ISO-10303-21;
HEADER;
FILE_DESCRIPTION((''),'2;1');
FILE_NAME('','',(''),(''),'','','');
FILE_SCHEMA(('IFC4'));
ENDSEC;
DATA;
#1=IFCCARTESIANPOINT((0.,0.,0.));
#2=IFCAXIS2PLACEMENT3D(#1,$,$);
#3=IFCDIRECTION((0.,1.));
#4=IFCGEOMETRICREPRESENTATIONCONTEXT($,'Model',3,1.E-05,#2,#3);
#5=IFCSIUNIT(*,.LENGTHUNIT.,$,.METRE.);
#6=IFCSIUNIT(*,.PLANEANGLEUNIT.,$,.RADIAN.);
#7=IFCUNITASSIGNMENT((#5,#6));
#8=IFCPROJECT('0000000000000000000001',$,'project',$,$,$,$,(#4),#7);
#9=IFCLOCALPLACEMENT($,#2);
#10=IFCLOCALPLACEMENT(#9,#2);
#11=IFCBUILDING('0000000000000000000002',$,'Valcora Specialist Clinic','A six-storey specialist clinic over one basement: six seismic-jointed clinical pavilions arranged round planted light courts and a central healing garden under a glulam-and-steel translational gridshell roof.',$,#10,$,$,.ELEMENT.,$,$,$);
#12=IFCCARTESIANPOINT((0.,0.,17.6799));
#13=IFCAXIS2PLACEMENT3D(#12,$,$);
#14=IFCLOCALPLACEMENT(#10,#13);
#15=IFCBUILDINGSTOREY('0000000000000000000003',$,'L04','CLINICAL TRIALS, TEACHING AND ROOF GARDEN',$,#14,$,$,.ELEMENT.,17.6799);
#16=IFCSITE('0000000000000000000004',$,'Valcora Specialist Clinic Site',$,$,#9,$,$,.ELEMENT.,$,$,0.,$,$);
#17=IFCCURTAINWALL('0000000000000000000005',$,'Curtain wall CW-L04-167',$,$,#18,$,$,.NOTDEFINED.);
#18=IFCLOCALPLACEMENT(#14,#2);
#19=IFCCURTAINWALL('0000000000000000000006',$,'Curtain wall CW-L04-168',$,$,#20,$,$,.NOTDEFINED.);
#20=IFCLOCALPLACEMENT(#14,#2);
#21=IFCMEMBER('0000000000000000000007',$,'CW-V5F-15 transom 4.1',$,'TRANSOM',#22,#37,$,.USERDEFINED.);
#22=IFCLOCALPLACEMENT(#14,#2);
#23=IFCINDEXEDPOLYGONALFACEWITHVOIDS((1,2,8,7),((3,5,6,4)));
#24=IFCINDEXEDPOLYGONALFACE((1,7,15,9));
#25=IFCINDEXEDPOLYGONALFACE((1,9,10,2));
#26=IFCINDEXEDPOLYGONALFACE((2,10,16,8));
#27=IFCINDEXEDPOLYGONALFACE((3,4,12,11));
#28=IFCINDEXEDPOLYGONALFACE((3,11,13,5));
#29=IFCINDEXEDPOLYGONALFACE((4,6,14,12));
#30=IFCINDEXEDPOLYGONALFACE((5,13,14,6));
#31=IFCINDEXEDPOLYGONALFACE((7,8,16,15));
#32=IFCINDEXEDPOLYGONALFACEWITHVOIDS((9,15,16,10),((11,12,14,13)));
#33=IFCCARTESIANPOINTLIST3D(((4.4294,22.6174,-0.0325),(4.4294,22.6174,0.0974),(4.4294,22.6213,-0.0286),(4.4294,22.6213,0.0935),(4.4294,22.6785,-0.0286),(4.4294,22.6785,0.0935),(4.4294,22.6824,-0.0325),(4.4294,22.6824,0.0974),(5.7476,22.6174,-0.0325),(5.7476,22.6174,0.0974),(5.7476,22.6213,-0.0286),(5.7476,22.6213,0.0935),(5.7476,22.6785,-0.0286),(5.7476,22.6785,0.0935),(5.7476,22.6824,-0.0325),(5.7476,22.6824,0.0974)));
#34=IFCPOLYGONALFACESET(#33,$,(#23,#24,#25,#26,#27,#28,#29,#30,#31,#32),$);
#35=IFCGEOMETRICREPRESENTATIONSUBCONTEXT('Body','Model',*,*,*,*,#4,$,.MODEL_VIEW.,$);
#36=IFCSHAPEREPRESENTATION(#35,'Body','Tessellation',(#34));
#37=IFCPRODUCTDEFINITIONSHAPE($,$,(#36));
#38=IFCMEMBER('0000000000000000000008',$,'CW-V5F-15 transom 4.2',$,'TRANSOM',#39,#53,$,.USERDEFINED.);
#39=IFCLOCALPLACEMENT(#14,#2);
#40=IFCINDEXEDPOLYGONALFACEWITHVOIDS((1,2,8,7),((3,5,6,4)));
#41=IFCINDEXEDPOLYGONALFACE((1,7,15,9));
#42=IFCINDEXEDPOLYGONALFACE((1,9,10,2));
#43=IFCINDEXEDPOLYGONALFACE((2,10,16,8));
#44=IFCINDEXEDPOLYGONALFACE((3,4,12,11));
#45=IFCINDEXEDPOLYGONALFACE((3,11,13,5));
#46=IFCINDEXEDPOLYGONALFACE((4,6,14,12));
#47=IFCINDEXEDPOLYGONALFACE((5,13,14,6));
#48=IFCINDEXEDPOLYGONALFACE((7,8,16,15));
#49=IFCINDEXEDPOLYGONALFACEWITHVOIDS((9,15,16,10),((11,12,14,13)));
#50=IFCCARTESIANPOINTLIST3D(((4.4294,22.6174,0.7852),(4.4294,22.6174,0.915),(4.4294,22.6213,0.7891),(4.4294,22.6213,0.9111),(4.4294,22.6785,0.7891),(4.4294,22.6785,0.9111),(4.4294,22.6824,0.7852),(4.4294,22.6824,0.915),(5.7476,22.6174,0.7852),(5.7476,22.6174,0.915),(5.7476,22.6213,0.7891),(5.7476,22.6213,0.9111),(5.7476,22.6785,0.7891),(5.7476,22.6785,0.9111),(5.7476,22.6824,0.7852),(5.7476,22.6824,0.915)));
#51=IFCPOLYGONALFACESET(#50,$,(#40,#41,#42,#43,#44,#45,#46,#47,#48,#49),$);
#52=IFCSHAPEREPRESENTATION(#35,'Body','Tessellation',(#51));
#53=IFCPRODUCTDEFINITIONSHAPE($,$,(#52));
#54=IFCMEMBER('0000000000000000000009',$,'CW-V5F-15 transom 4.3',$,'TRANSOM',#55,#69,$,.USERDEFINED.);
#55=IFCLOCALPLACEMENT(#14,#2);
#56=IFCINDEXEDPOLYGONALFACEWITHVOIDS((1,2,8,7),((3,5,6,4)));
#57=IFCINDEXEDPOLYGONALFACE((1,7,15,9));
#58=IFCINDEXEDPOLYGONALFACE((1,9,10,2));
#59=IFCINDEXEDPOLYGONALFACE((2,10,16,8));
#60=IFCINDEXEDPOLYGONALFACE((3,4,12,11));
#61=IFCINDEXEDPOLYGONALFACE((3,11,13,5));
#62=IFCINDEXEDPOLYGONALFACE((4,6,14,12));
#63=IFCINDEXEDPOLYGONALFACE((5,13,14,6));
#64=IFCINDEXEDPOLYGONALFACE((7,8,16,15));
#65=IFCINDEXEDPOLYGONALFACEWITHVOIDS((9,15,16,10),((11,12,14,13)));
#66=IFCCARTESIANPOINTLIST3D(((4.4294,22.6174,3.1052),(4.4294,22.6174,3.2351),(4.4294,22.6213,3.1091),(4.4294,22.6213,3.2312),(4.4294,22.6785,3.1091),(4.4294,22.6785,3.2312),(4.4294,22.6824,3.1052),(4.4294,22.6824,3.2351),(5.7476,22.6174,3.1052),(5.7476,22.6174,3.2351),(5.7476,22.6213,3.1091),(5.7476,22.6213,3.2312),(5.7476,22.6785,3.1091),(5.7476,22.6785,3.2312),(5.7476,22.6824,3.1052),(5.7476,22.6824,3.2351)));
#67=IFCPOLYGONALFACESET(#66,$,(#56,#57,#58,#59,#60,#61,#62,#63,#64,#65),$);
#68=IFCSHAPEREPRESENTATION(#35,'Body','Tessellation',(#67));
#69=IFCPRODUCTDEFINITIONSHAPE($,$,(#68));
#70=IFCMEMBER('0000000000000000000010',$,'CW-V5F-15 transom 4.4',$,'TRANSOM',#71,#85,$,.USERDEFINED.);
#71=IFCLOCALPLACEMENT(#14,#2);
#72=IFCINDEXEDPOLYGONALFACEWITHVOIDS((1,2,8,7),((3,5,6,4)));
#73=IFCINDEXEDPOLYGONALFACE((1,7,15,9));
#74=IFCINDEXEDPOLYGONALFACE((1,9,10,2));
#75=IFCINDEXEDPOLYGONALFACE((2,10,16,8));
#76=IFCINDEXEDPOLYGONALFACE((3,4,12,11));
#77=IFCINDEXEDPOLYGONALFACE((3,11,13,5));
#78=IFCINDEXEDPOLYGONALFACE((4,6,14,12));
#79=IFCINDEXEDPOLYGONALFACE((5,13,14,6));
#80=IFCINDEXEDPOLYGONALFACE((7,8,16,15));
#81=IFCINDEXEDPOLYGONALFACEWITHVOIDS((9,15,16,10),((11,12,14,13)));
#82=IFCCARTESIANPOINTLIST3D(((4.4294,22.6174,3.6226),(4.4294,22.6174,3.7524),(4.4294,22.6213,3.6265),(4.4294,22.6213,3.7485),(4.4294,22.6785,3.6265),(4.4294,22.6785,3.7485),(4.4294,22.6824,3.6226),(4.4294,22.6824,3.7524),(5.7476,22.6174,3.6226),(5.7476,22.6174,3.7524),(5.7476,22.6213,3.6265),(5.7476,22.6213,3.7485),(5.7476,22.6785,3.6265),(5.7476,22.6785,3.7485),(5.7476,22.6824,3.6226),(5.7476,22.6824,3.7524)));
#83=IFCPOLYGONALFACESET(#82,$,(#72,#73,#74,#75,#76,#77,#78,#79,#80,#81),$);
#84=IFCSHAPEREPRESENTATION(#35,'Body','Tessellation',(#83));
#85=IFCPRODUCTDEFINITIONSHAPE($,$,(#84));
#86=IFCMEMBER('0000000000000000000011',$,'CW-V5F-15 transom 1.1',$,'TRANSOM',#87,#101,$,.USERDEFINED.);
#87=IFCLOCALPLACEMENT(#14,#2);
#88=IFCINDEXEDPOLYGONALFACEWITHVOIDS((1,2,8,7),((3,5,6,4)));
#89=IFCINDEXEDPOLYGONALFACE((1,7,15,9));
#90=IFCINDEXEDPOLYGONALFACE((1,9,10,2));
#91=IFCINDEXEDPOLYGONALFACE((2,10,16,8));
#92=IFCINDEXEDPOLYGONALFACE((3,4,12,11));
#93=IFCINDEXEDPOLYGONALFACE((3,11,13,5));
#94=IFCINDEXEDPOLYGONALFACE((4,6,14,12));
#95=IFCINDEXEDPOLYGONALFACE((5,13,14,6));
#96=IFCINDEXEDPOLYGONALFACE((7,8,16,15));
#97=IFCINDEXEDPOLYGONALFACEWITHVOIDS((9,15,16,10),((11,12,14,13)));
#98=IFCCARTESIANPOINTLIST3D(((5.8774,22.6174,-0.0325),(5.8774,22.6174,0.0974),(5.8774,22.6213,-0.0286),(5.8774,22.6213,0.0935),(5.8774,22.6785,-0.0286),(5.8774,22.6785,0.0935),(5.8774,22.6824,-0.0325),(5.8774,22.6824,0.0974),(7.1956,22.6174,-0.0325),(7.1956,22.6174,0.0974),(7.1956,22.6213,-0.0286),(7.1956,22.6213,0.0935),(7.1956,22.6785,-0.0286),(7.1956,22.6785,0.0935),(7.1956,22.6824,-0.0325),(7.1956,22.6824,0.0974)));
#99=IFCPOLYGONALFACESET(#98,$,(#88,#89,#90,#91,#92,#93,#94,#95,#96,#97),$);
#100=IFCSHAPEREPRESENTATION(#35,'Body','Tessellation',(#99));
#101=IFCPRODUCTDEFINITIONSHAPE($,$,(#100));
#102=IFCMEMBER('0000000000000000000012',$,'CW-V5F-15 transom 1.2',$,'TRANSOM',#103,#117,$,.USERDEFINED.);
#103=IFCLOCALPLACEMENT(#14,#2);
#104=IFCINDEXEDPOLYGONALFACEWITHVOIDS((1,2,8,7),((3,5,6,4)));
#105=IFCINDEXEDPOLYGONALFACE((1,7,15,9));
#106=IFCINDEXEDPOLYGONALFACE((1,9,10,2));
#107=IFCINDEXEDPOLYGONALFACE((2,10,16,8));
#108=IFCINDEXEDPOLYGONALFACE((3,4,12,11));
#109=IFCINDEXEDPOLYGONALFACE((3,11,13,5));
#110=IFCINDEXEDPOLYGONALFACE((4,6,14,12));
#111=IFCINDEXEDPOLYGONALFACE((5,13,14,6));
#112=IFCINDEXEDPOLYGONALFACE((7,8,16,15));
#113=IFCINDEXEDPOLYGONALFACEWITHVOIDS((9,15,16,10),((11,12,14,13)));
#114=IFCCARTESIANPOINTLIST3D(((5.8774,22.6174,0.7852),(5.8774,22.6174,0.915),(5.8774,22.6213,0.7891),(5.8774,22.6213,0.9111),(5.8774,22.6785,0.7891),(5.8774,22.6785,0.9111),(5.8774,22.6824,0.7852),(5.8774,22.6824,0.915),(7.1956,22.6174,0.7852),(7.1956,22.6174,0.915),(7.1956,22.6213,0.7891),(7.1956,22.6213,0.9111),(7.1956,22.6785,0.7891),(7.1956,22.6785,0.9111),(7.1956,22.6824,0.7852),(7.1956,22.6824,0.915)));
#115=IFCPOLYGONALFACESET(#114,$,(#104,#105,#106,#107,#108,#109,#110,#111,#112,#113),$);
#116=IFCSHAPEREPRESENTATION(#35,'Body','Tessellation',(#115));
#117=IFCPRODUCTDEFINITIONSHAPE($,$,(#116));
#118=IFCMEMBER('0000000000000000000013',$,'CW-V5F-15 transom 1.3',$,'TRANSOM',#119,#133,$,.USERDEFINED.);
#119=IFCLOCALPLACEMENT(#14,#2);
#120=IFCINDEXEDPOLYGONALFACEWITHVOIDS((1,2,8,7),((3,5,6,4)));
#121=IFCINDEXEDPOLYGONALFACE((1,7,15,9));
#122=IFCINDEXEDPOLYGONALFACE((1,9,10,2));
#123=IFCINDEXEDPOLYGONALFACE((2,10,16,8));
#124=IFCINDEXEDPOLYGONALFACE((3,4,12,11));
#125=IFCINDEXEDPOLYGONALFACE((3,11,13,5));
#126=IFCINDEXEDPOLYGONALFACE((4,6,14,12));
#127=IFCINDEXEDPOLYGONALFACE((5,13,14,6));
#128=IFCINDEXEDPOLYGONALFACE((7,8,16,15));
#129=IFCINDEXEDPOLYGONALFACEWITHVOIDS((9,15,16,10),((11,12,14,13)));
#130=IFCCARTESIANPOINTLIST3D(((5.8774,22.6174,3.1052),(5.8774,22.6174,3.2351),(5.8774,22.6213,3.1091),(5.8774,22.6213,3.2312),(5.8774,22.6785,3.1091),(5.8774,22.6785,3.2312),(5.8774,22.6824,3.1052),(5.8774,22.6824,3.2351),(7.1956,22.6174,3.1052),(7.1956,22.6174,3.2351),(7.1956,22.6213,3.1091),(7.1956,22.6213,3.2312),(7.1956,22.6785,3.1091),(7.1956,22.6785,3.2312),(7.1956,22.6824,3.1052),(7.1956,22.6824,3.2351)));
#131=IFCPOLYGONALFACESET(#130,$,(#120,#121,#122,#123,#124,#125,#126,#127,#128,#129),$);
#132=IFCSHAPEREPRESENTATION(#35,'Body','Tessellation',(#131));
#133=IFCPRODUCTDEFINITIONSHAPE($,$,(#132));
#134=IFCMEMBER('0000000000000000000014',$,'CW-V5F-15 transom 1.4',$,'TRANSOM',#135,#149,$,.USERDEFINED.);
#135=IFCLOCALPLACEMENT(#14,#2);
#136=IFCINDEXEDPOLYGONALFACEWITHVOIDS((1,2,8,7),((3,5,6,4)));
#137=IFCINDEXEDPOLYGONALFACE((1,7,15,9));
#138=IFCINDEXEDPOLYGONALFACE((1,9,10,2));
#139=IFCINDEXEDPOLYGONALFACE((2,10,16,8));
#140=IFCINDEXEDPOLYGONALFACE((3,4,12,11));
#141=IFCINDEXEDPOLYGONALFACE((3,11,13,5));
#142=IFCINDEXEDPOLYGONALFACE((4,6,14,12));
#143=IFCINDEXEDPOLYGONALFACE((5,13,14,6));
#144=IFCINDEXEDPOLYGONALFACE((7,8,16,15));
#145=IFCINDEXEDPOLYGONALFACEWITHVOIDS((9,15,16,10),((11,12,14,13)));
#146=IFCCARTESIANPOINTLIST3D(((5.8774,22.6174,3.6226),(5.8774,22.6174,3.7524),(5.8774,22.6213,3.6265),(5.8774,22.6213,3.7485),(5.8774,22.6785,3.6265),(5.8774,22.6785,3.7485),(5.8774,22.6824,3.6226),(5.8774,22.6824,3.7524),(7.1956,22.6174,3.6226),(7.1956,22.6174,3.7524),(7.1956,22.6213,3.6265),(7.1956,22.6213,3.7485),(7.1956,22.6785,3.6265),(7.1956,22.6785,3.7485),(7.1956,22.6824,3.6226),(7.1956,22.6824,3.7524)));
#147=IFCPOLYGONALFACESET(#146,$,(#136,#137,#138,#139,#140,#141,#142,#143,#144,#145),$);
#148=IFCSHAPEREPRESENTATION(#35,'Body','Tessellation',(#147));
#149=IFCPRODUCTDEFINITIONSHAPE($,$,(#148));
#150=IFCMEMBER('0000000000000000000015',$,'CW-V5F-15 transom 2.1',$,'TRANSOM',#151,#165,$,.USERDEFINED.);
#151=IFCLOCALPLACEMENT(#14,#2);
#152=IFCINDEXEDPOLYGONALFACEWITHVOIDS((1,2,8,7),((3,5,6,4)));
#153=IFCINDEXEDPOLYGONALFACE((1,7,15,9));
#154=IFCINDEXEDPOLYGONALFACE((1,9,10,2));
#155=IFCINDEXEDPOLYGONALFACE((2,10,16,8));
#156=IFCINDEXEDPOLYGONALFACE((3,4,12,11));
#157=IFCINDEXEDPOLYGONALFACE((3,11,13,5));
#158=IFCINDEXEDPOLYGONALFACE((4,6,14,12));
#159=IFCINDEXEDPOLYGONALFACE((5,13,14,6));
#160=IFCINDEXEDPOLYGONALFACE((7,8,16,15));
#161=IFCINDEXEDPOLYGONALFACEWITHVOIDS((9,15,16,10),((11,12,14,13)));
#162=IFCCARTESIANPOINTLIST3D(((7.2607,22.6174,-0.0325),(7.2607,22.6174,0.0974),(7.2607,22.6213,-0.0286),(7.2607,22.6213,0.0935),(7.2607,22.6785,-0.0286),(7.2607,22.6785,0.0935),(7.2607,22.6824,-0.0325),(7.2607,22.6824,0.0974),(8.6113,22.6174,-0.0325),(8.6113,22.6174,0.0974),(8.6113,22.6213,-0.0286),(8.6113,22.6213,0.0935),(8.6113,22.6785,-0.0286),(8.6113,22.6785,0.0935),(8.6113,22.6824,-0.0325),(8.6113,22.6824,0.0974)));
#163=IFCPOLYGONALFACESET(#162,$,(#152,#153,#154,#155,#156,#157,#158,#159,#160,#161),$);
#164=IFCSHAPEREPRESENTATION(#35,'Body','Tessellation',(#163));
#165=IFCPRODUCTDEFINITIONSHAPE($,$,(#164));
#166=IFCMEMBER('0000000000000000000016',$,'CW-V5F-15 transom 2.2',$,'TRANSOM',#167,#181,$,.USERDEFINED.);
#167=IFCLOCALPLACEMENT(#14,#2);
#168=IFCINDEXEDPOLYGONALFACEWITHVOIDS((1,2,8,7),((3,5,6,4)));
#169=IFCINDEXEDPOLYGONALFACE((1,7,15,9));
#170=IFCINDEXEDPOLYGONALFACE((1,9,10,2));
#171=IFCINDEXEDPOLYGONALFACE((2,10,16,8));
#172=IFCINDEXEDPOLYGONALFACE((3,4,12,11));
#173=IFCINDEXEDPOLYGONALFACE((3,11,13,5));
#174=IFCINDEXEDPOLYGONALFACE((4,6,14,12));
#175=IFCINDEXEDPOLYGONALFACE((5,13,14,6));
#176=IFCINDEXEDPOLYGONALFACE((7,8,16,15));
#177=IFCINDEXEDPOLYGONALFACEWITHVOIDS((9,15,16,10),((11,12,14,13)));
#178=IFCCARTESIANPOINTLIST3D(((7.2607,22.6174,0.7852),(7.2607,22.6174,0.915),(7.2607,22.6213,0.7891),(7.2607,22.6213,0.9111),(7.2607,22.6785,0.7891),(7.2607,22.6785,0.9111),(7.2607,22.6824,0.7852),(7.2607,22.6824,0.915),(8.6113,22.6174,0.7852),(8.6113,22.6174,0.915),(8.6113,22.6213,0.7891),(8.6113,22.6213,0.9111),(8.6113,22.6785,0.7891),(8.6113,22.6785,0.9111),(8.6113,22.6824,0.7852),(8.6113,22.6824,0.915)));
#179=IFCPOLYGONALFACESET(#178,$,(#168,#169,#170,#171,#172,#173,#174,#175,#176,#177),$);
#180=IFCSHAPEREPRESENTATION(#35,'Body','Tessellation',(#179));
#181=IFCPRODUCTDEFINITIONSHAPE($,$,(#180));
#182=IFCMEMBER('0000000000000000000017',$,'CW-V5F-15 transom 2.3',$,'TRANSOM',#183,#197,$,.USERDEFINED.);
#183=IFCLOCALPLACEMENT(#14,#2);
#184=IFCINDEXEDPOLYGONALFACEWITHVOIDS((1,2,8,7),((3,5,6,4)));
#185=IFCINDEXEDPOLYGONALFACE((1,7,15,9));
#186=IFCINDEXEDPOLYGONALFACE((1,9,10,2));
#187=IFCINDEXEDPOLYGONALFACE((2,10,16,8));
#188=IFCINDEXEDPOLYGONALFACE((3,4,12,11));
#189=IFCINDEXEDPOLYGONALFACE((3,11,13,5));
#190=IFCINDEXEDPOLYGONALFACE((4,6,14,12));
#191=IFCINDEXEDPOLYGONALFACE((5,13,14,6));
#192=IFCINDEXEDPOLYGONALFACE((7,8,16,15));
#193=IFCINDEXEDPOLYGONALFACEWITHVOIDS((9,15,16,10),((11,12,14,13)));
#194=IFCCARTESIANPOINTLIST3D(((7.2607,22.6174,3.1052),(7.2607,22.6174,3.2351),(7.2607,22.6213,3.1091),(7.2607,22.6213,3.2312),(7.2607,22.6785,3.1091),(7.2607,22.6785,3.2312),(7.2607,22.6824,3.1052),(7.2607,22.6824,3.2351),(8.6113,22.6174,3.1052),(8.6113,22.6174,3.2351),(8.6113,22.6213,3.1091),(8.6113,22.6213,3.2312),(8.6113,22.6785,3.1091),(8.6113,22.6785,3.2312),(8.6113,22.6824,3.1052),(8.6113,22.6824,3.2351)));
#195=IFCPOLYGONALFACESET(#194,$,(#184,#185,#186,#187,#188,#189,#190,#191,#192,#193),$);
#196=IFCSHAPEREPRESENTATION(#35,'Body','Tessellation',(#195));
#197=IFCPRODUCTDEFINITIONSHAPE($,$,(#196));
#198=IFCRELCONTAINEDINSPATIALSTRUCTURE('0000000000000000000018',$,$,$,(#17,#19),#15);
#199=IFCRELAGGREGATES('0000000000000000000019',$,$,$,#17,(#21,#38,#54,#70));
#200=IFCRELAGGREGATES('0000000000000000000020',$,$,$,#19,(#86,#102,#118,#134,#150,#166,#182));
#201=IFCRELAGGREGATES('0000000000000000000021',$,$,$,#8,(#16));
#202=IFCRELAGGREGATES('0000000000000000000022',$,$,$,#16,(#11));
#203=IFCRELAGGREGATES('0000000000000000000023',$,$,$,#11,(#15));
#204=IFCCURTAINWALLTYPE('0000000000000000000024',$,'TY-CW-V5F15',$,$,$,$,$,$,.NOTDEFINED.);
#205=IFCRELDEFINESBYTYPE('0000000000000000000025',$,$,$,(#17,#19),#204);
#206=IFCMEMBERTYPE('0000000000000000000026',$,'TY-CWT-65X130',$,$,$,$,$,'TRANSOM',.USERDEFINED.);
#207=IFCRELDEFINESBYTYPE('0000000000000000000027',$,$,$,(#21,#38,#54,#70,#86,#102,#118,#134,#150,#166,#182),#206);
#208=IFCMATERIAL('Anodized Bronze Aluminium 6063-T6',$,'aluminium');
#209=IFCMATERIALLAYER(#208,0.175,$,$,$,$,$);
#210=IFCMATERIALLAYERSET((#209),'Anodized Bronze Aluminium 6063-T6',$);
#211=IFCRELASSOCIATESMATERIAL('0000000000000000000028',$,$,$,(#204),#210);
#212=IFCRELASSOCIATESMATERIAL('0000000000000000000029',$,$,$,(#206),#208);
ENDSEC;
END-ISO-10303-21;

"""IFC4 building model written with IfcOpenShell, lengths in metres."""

from ifc_helpers import new_model, si_unit, direction, frame, origin, origin_2d, place, context, subcontext, project, spatial, hollow_rectangle, extrude, material, layer, layer_set, material_profile, profile_set, type_object, element, aggregate, save


model = new_model("IFC4")

# Units and contexts
model_context = context("Model", 3, precision=1e-05, world=origin(), true_north=direction((0.0, 1.0)))
body_context = subcontext(model_context, "Body", "Model", "MODEL_VIEW")
ifc_project = project(units=[si_unit("LENGTHUNIT", "METRE"), si_unit("PLANEANGLEUNIT", "RADIAN")], contexts=[model_context])

# Site, building, storey
site_placement = place(None, origin())
site = spatial("IfcSite", under=ifc_project, at=site_placement, Name="Valcora Specialist Clinic Site", CompositionType="ELEMENT", RefElevation=0.0)
building_placement = place(site_placement, origin())
building = spatial("IfcBuilding", under=site, at=building_placement, Name="Valcora Specialist Clinic", Description="A six-storey specialist clinic over one basement: six seismic-jointed clinical pavilions arranged round planted light courts and a central healing garden under a glulam-and-steel translational gridshell roof.", CompositionType="ELEMENT")
storey_placement = place(building_placement, frame((0.0, 0.0, 17.6799)))
storey = spatial("IfcBuildingStorey", under=building, at=storey_placement, Name="L04", Description="CLINICAL TRIALS, TEACHING AND ROOF GARDEN", CompositionType="ELEMENT", Elevation=17.6799)

# Curtain walls
ifc_material_1 = material(Name="Anodized Bronze Aluminium 6063-T6", Category="aluminium")
ifc_layer_1 = layer(ifc_material_1, 0.175)
ifc_layer_set_1 = layer_set([ifc_layer_1], Name="Anodized Bronze Aluminium 6063-T6")
curtain_wall_type = type_object("IfcCurtainWallType", Name="TY-CW-V5F15", PredefinedType="NOTDEFINED", material=ifc_layer_set_1)
curtain_wall_1_placement = place(storey_placement, origin())
curtain_wall_1 = element("IfcCurtainWall", 1, at=curtain_wall_1_placement, inside=storey, type_object=curtain_wall_type, Name="Curtain wall CW-L04-167", PredefinedType="NOTDEFINED")
curtain_wall_2_placement = place(storey_placement, origin())
curtain_wall_2 = element("IfcCurtainWall", 2, at=curtain_wall_2_placement, inside=storey, type_object=curtain_wall_type, Name="Curtain wall CW-L04-168", PredefinedType="NOTDEFINED")

# Members
ifc_material_profile_1 = material_profile(ifc_material_1, hollow_rectangle(XDim=0.0649, YDim=0.1299, WallThickness=0.0039, at=origin_2d()), Name="AL-TRN-65X130")
ifc_profile_set_1 = profile_set([ifc_material_profile_1], Name="Anodized Bronze Aluminium 6063-T6")
member_type_1 = type_object("IfcMemberType", Name="TY-CWT-65X130", ElementType="TRANSOM", PredefinedType="USERDEFINED", material=ifc_profile_set_1)
member_1_placement = place(storey_placement, frame((4.4294, 22.6499, 0.0325), z_axis=(1.0, 0.0, 0.0), x_axis=(0.0, 1.0, 0.0)))
member_1 = element("IfcMember", 3, at=member_1_placement, type_object=member_type_1, Name="CW-V5F-15 transom 4.1", ObjectType="TRANSOM", PredefinedType="USERDEFINED", context=body_context, shape_type="SweptSolid", body=[
    extrude(hollow_rectangle(XDim=0.0649, YDim=0.1299, WallThickness=0.0039, at=origin_2d()), origin(), (0.0, 0.0, 1.0), 1.3181),
])
member_2_placement = place(storey_placement, frame((4.4294, 22.6499, 0.8501), z_axis=(1.0, 0.0, 0.0), x_axis=(0.0, 1.0, 0.0)))
member_2 = element("IfcMember", 4, at=member_2_placement, type_object=member_type_1, Name="CW-V5F-15 transom 4.2", ObjectType="TRANSOM", PredefinedType="USERDEFINED", context=body_context, shape_type="SweptSolid", body=[
    extrude(hollow_rectangle(XDim=0.0649, YDim=0.1299, WallThickness=0.0039, at=origin_2d()), origin(), (0.0, 0.0, 1.0), 1.3181),
])
member_3_placement = place(storey_placement, frame((4.4294, 22.6499, 3.1702), z_axis=(1.0, 0.0, 0.0), x_axis=(0.0, 1.0, 0.0)))
member_3 = element("IfcMember", 5, at=member_3_placement, type_object=member_type_1, Name="CW-V5F-15 transom 4.3", ObjectType="TRANSOM", PredefinedType="USERDEFINED", context=body_context, shape_type="SweptSolid", body=[
    extrude(hollow_rectangle(XDim=0.0649, YDim=0.1299, WallThickness=0.0039, at=origin_2d()), origin(), (0.0, 0.0, 1.0), 1.3181),
])
member_4_placement = place(storey_placement, frame((4.4294, 22.6499, 3.6875), z_axis=(1.0, 0.0, 0.0), x_axis=(0.0, 1.0, 0.0)))
member_4 = element("IfcMember", 6, at=member_4_placement, type_object=member_type_1, Name="CW-V5F-15 transom 4.4", ObjectType="TRANSOM", PredefinedType="USERDEFINED", context=body_context, shape_type="SweptSolid", body=[
    extrude(hollow_rectangle(XDim=0.0649, YDim=0.1299, WallThickness=0.0039, at=origin_2d()), origin(), (0.0, 0.0, 1.0), 1.3181),
])
member_5_placement = place(storey_placement, frame((5.8774, 22.6499, 0.0325), z_axis=(1.0, 0.0, 0.0), x_axis=(0.0, 1.0, 0.0)))
member_5 = element("IfcMember", 7, at=member_5_placement, type_object=member_type_1, Name="CW-V5F-15 transom 1.1", ObjectType="TRANSOM", PredefinedType="USERDEFINED", context=body_context, shape_type="SweptSolid", body=[
    extrude(hollow_rectangle(XDim=0.0649, YDim=0.1299, WallThickness=0.0039, at=origin_2d()), origin(), (0.0, 0.0, 1.0), 1.3181),
])
member_6_placement = place(storey_placement, frame((5.8774, 22.6499, 0.8501), z_axis=(1.0, 0.0, 0.0), x_axis=(0.0, 1.0, 0.0)))
member_6 = element("IfcMember", 8, at=member_6_placement, type_object=member_type_1, Name="CW-V5F-15 transom 1.2", ObjectType="TRANSOM", PredefinedType="USERDEFINED", context=body_context, shape_type="SweptSolid", body=[
    extrude(hollow_rectangle(XDim=0.0649, YDim=0.1299, WallThickness=0.0039, at=origin_2d()), origin(), (0.0, 0.0, 1.0), 1.3181),
])
member_7_placement = place(storey_placement, frame((5.8774, 22.6499, 3.1702), z_axis=(1.0, 0.0, 0.0), x_axis=(0.0, 1.0, 0.0)))
member_7 = element("IfcMember", 9, at=member_7_placement, type_object=member_type_1, Name="CW-V5F-15 transom 1.3", ObjectType="TRANSOM", PredefinedType="USERDEFINED", context=body_context, shape_type="SweptSolid", body=[
    extrude(hollow_rectangle(XDim=0.0649, YDim=0.1299, WallThickness=0.0039, at=origin_2d()), origin(), (0.0, 0.0, 1.0), 1.3181),
])
member_8_placement = place(storey_placement, frame((5.8774, 22.6499, 3.6875), z_axis=(1.0, 0.0, 0.0), x_axis=(0.0, 1.0, 0.0)))
member_8 = element("IfcMember", 10, at=member_8_placement, type_object=member_type_1, Name="CW-V5F-15 transom 1.4", ObjectType="TRANSOM", PredefinedType="USERDEFINED", context=body_context, shape_type="SweptSolid", body=[
    extrude(hollow_rectangle(XDim=0.0649, YDim=0.1299, WallThickness=0.0039, at=origin_2d()), origin(), (0.0, 0.0, 1.0), 1.3181),
])
member_9_placement = place(storey_placement, frame((7.2607, 22.6499, 0.0325), z_axis=(1.0, 0.0, 0.0), x_axis=(0.0, 1.0, 0.0)))
member_9 = element("IfcMember", 11, at=member_9_placement, type_object=member_type_1, Name="CW-V5F-15 transom 2.1", ObjectType="TRANSOM", PredefinedType="USERDEFINED", context=body_context, shape_type="SweptSolid", body=[
    extrude(hollow_rectangle(XDim=0.0649, YDim=0.1299, WallThickness=0.0039, at=origin_2d()), origin(), (0.0, 0.0, 1.0), 1.3506),
])
member_10_placement = place(storey_placement, frame((7.2607, 22.6499, 0.8501), z_axis=(1.0, 0.0, 0.0), x_axis=(0.0, 1.0, 0.0)))
member_10 = element("IfcMember", 12, at=member_10_placement, type_object=member_type_1, Name="CW-V5F-15 transom 2.2", ObjectType="TRANSOM", PredefinedType="USERDEFINED", context=body_context, shape_type="SweptSolid", body=[
    extrude(hollow_rectangle(XDim=0.0649, YDim=0.1299, WallThickness=0.0039, at=origin_2d()), origin(), (0.0, 0.0, 1.0), 1.3506),
])
member_11_placement = place(storey_placement, frame((7.2607, 22.6499, 3.1702), z_axis=(1.0, 0.0, 0.0), x_axis=(0.0, 1.0, 0.0)))
member_11 = element("IfcMember", 13, at=member_11_placement, type_object=member_type_1, Name="CW-V5F-15 transom 2.3", ObjectType="TRANSOM", PredefinedType="USERDEFINED", context=body_context, shape_type="SweptSolid", body=[
    extrude(hollow_rectangle(XDim=0.0649, YDim=0.1299, WallThickness=0.0039, at=origin_2d()), origin(), (0.0, 0.0, 1.0), 1.3506),
])

aggregate(curtain_wall_1, [member_1, member_2, member_3, member_4])
aggregate(curtain_wall_2, [member_5, member_6, member_7, member_8, member_9, member_10, member_11])

save(model, "model.ifc")
